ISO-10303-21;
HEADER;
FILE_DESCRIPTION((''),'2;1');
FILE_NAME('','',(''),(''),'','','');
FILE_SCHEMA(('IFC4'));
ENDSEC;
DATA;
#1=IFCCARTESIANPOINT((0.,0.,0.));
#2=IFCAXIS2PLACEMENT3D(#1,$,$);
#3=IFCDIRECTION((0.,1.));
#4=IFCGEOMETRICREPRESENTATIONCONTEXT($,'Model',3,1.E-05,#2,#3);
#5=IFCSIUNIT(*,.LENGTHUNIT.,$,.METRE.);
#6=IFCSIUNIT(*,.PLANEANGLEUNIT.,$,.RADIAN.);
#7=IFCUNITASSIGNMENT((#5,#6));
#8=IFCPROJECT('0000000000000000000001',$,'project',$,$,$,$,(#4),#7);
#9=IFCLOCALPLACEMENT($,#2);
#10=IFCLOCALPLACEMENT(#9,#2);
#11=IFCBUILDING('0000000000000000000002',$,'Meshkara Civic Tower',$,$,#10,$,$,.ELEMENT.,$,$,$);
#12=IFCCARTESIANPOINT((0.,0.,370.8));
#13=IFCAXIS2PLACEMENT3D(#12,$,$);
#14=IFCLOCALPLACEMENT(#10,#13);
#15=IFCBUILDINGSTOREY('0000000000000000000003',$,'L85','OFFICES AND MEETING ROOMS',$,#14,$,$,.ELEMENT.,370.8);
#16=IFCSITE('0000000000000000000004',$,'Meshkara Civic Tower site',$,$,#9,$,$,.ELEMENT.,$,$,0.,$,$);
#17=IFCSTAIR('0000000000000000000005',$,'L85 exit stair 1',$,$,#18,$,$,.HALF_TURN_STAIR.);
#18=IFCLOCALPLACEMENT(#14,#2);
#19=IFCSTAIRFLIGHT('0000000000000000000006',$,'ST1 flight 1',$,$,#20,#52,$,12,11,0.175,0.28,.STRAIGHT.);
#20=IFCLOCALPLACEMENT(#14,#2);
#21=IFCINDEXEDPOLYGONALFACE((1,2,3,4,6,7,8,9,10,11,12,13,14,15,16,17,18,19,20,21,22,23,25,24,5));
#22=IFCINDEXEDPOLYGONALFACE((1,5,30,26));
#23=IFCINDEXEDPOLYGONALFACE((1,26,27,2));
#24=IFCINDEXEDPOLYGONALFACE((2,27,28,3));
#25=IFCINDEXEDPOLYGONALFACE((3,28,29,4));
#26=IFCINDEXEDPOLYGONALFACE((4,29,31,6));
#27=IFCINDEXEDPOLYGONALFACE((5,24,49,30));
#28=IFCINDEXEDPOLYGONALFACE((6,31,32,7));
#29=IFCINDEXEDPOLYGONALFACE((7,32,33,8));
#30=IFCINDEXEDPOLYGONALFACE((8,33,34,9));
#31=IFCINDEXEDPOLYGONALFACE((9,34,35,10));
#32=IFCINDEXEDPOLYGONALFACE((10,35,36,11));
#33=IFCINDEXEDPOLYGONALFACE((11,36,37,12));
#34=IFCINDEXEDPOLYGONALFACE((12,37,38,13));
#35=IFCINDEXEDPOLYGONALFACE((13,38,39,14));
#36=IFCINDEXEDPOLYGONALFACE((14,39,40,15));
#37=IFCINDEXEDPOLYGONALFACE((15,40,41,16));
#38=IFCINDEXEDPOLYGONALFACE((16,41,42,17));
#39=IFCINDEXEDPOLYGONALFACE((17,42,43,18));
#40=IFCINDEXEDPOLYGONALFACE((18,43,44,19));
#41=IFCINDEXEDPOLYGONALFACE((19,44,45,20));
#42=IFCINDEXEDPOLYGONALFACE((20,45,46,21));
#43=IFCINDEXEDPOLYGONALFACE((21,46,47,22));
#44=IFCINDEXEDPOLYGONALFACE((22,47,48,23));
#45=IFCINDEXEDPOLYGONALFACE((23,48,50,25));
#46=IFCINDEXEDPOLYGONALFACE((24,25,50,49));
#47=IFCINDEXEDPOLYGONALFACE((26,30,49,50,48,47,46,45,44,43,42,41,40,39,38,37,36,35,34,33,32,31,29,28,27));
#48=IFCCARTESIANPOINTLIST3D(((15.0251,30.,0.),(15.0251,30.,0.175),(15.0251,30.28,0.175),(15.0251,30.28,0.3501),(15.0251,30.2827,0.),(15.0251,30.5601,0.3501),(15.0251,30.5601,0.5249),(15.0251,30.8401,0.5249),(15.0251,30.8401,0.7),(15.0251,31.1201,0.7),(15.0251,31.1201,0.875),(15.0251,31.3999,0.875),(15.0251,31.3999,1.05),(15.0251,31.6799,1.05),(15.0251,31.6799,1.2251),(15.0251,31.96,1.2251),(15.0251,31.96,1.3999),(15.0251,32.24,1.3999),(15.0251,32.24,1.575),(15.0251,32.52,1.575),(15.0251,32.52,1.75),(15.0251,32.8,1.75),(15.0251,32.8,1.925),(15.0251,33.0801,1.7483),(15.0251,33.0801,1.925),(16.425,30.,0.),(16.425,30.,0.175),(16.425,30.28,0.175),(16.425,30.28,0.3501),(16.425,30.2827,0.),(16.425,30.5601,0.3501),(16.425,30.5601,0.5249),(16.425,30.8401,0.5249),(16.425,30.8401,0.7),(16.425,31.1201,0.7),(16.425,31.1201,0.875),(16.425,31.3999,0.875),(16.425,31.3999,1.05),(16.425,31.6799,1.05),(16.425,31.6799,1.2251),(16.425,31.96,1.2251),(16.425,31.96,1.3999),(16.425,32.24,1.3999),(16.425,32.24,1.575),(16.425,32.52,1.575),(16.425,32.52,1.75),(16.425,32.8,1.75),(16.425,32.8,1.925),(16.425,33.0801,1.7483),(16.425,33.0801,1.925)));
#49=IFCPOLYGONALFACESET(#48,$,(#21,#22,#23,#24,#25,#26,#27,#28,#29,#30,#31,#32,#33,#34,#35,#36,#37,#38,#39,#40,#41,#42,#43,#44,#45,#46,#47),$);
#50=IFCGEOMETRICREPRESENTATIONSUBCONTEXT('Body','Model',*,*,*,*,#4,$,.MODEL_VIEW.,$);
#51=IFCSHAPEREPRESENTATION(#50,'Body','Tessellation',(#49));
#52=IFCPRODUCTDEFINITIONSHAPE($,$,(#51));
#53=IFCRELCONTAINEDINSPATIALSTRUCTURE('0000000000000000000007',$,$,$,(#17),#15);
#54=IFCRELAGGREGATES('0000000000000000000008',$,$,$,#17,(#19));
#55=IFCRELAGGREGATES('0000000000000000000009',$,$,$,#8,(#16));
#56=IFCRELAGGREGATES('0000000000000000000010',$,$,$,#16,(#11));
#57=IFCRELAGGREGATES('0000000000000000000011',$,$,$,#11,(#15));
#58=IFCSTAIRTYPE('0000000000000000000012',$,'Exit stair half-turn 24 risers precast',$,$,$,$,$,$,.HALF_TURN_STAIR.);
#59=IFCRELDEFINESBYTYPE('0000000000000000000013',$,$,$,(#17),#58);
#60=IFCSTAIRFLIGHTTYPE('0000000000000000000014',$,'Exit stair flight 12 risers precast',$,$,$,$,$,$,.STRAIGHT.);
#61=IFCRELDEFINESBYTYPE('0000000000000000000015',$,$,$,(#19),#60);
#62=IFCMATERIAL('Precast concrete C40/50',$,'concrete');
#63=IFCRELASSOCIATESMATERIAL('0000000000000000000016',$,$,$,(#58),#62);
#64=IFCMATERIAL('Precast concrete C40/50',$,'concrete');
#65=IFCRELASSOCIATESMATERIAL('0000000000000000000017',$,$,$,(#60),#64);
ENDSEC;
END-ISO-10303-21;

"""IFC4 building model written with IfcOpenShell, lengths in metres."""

from ifc_helpers import new_model, si_unit, direction, frame, origin, place, context, subcontext, project, spatial, polyline, outline, extrude, material, type_object, element, aggregate, save


model = new_model("IFC4")

# Units and contexts
model_context = context("Model", 3, precision=1e-05, world=origin(), true_north=direction((0.0, 1.0)))
body_context = subcontext(model_context, "Body", "Model", "MODEL_VIEW")
ifc_project = project(units=[si_unit("LENGTHUNIT", "METRE"), si_unit("PLANEANGLEUNIT", "RADIAN")], contexts=[model_context])

# Site, building, storey
site_placement = place(None, origin())
site = spatial("IfcSite", under=ifc_project, at=site_placement, Name="Meshkara Civic Tower site", CompositionType="ELEMENT", RefElevation=0.0)
building_placement = place(site_placement, origin())
building = spatial("IfcBuilding", under=site, at=building_placement, Name="Meshkara Civic Tower", CompositionType="ELEMENT")
storey_placement = place(building_placement, frame((0.0, 0.0, 370.8)))
storey = spatial("IfcBuildingStorey", under=building, at=storey_placement, Name="L85", Description="OFFICES AND MEETING ROOMS", CompositionType="ELEMENT", Elevation=370.8)

# Stair, stair flight
ifc_material_1 = material(Name="Precast concrete C40/50", Category="concrete")
stair_type = type_object("IfcStairType", Name="Exit stair half-turn 24 risers precast", PredefinedType="HALF_TURN_STAIR", material=ifc_material_1)
stair_placement = place(storey_placement, origin())
stair = element("IfcStair", 1, at=stair_placement, inside=storey, type_object=stair_type, Name="L85 exit stair 1", PredefinedType="HALF_TURN_STAIR")
ifc_material_2 = material(Name="Precast concrete C40/50", Category="concrete")
stair_flight_type = type_object("IfcStairFlightType", Name="Exit stair flight 12 risers precast", PredefinedType="STRAIGHT", material=ifc_material_2)
stair_flight_placement = place(storey_placement, frame((15.7251, 30.0, 0.0), z_axis=(0.0, 0.0, 1.0), x_axis=(0.0, 1.0, 0.0)))
stair_flight = element("IfcStairFlight", 2, at=stair_flight_placement, type_object=stair_flight_type, Name="ST1 flight 1", NumberOfRisers=12, NumberOfTreads=11, PredefinedType="STRAIGHT", RiserHeight=0.175, TreadLength=0.28, context=body_context, shape_type="SweptSolid", body=[
    extrude(outline(polyline([(0.0, 0.0), (0.0, 0.175), (0.28, 0.175), (0.28, 0.3501), (0.5601, 0.3501), (0.5601, 0.5249), (0.8401, 0.5249), (0.8401, 0.7), (1.1201, 0.7), (1.1201, 0.875), (1.3999, 0.875), (1.3999, 1.05), (1.6799, 1.05), (1.6799, 1.2251), (1.96, 1.2251), (1.96, 1.3999), (2.24, 1.3999), (2.24, 1.575), (2.52, 1.575), (2.52, 1.75), (2.8, 1.75), (2.8, 1.925), (3.0801, 1.925), (3.0801, 2.1001), (3.0801, 1.7483), (0.2827, 0.0), (0.0, 0.0)])), frame((0.0, 0.7, 0.0), z_axis=(0.0, -1.0, 0.0), x_axis=(1.0, 0.0, 0.0)), (0.0, 0.0, 1.0), 1.3999),
])
aggregate(stair, [stair_flight])

save(model, "model.ifc")
